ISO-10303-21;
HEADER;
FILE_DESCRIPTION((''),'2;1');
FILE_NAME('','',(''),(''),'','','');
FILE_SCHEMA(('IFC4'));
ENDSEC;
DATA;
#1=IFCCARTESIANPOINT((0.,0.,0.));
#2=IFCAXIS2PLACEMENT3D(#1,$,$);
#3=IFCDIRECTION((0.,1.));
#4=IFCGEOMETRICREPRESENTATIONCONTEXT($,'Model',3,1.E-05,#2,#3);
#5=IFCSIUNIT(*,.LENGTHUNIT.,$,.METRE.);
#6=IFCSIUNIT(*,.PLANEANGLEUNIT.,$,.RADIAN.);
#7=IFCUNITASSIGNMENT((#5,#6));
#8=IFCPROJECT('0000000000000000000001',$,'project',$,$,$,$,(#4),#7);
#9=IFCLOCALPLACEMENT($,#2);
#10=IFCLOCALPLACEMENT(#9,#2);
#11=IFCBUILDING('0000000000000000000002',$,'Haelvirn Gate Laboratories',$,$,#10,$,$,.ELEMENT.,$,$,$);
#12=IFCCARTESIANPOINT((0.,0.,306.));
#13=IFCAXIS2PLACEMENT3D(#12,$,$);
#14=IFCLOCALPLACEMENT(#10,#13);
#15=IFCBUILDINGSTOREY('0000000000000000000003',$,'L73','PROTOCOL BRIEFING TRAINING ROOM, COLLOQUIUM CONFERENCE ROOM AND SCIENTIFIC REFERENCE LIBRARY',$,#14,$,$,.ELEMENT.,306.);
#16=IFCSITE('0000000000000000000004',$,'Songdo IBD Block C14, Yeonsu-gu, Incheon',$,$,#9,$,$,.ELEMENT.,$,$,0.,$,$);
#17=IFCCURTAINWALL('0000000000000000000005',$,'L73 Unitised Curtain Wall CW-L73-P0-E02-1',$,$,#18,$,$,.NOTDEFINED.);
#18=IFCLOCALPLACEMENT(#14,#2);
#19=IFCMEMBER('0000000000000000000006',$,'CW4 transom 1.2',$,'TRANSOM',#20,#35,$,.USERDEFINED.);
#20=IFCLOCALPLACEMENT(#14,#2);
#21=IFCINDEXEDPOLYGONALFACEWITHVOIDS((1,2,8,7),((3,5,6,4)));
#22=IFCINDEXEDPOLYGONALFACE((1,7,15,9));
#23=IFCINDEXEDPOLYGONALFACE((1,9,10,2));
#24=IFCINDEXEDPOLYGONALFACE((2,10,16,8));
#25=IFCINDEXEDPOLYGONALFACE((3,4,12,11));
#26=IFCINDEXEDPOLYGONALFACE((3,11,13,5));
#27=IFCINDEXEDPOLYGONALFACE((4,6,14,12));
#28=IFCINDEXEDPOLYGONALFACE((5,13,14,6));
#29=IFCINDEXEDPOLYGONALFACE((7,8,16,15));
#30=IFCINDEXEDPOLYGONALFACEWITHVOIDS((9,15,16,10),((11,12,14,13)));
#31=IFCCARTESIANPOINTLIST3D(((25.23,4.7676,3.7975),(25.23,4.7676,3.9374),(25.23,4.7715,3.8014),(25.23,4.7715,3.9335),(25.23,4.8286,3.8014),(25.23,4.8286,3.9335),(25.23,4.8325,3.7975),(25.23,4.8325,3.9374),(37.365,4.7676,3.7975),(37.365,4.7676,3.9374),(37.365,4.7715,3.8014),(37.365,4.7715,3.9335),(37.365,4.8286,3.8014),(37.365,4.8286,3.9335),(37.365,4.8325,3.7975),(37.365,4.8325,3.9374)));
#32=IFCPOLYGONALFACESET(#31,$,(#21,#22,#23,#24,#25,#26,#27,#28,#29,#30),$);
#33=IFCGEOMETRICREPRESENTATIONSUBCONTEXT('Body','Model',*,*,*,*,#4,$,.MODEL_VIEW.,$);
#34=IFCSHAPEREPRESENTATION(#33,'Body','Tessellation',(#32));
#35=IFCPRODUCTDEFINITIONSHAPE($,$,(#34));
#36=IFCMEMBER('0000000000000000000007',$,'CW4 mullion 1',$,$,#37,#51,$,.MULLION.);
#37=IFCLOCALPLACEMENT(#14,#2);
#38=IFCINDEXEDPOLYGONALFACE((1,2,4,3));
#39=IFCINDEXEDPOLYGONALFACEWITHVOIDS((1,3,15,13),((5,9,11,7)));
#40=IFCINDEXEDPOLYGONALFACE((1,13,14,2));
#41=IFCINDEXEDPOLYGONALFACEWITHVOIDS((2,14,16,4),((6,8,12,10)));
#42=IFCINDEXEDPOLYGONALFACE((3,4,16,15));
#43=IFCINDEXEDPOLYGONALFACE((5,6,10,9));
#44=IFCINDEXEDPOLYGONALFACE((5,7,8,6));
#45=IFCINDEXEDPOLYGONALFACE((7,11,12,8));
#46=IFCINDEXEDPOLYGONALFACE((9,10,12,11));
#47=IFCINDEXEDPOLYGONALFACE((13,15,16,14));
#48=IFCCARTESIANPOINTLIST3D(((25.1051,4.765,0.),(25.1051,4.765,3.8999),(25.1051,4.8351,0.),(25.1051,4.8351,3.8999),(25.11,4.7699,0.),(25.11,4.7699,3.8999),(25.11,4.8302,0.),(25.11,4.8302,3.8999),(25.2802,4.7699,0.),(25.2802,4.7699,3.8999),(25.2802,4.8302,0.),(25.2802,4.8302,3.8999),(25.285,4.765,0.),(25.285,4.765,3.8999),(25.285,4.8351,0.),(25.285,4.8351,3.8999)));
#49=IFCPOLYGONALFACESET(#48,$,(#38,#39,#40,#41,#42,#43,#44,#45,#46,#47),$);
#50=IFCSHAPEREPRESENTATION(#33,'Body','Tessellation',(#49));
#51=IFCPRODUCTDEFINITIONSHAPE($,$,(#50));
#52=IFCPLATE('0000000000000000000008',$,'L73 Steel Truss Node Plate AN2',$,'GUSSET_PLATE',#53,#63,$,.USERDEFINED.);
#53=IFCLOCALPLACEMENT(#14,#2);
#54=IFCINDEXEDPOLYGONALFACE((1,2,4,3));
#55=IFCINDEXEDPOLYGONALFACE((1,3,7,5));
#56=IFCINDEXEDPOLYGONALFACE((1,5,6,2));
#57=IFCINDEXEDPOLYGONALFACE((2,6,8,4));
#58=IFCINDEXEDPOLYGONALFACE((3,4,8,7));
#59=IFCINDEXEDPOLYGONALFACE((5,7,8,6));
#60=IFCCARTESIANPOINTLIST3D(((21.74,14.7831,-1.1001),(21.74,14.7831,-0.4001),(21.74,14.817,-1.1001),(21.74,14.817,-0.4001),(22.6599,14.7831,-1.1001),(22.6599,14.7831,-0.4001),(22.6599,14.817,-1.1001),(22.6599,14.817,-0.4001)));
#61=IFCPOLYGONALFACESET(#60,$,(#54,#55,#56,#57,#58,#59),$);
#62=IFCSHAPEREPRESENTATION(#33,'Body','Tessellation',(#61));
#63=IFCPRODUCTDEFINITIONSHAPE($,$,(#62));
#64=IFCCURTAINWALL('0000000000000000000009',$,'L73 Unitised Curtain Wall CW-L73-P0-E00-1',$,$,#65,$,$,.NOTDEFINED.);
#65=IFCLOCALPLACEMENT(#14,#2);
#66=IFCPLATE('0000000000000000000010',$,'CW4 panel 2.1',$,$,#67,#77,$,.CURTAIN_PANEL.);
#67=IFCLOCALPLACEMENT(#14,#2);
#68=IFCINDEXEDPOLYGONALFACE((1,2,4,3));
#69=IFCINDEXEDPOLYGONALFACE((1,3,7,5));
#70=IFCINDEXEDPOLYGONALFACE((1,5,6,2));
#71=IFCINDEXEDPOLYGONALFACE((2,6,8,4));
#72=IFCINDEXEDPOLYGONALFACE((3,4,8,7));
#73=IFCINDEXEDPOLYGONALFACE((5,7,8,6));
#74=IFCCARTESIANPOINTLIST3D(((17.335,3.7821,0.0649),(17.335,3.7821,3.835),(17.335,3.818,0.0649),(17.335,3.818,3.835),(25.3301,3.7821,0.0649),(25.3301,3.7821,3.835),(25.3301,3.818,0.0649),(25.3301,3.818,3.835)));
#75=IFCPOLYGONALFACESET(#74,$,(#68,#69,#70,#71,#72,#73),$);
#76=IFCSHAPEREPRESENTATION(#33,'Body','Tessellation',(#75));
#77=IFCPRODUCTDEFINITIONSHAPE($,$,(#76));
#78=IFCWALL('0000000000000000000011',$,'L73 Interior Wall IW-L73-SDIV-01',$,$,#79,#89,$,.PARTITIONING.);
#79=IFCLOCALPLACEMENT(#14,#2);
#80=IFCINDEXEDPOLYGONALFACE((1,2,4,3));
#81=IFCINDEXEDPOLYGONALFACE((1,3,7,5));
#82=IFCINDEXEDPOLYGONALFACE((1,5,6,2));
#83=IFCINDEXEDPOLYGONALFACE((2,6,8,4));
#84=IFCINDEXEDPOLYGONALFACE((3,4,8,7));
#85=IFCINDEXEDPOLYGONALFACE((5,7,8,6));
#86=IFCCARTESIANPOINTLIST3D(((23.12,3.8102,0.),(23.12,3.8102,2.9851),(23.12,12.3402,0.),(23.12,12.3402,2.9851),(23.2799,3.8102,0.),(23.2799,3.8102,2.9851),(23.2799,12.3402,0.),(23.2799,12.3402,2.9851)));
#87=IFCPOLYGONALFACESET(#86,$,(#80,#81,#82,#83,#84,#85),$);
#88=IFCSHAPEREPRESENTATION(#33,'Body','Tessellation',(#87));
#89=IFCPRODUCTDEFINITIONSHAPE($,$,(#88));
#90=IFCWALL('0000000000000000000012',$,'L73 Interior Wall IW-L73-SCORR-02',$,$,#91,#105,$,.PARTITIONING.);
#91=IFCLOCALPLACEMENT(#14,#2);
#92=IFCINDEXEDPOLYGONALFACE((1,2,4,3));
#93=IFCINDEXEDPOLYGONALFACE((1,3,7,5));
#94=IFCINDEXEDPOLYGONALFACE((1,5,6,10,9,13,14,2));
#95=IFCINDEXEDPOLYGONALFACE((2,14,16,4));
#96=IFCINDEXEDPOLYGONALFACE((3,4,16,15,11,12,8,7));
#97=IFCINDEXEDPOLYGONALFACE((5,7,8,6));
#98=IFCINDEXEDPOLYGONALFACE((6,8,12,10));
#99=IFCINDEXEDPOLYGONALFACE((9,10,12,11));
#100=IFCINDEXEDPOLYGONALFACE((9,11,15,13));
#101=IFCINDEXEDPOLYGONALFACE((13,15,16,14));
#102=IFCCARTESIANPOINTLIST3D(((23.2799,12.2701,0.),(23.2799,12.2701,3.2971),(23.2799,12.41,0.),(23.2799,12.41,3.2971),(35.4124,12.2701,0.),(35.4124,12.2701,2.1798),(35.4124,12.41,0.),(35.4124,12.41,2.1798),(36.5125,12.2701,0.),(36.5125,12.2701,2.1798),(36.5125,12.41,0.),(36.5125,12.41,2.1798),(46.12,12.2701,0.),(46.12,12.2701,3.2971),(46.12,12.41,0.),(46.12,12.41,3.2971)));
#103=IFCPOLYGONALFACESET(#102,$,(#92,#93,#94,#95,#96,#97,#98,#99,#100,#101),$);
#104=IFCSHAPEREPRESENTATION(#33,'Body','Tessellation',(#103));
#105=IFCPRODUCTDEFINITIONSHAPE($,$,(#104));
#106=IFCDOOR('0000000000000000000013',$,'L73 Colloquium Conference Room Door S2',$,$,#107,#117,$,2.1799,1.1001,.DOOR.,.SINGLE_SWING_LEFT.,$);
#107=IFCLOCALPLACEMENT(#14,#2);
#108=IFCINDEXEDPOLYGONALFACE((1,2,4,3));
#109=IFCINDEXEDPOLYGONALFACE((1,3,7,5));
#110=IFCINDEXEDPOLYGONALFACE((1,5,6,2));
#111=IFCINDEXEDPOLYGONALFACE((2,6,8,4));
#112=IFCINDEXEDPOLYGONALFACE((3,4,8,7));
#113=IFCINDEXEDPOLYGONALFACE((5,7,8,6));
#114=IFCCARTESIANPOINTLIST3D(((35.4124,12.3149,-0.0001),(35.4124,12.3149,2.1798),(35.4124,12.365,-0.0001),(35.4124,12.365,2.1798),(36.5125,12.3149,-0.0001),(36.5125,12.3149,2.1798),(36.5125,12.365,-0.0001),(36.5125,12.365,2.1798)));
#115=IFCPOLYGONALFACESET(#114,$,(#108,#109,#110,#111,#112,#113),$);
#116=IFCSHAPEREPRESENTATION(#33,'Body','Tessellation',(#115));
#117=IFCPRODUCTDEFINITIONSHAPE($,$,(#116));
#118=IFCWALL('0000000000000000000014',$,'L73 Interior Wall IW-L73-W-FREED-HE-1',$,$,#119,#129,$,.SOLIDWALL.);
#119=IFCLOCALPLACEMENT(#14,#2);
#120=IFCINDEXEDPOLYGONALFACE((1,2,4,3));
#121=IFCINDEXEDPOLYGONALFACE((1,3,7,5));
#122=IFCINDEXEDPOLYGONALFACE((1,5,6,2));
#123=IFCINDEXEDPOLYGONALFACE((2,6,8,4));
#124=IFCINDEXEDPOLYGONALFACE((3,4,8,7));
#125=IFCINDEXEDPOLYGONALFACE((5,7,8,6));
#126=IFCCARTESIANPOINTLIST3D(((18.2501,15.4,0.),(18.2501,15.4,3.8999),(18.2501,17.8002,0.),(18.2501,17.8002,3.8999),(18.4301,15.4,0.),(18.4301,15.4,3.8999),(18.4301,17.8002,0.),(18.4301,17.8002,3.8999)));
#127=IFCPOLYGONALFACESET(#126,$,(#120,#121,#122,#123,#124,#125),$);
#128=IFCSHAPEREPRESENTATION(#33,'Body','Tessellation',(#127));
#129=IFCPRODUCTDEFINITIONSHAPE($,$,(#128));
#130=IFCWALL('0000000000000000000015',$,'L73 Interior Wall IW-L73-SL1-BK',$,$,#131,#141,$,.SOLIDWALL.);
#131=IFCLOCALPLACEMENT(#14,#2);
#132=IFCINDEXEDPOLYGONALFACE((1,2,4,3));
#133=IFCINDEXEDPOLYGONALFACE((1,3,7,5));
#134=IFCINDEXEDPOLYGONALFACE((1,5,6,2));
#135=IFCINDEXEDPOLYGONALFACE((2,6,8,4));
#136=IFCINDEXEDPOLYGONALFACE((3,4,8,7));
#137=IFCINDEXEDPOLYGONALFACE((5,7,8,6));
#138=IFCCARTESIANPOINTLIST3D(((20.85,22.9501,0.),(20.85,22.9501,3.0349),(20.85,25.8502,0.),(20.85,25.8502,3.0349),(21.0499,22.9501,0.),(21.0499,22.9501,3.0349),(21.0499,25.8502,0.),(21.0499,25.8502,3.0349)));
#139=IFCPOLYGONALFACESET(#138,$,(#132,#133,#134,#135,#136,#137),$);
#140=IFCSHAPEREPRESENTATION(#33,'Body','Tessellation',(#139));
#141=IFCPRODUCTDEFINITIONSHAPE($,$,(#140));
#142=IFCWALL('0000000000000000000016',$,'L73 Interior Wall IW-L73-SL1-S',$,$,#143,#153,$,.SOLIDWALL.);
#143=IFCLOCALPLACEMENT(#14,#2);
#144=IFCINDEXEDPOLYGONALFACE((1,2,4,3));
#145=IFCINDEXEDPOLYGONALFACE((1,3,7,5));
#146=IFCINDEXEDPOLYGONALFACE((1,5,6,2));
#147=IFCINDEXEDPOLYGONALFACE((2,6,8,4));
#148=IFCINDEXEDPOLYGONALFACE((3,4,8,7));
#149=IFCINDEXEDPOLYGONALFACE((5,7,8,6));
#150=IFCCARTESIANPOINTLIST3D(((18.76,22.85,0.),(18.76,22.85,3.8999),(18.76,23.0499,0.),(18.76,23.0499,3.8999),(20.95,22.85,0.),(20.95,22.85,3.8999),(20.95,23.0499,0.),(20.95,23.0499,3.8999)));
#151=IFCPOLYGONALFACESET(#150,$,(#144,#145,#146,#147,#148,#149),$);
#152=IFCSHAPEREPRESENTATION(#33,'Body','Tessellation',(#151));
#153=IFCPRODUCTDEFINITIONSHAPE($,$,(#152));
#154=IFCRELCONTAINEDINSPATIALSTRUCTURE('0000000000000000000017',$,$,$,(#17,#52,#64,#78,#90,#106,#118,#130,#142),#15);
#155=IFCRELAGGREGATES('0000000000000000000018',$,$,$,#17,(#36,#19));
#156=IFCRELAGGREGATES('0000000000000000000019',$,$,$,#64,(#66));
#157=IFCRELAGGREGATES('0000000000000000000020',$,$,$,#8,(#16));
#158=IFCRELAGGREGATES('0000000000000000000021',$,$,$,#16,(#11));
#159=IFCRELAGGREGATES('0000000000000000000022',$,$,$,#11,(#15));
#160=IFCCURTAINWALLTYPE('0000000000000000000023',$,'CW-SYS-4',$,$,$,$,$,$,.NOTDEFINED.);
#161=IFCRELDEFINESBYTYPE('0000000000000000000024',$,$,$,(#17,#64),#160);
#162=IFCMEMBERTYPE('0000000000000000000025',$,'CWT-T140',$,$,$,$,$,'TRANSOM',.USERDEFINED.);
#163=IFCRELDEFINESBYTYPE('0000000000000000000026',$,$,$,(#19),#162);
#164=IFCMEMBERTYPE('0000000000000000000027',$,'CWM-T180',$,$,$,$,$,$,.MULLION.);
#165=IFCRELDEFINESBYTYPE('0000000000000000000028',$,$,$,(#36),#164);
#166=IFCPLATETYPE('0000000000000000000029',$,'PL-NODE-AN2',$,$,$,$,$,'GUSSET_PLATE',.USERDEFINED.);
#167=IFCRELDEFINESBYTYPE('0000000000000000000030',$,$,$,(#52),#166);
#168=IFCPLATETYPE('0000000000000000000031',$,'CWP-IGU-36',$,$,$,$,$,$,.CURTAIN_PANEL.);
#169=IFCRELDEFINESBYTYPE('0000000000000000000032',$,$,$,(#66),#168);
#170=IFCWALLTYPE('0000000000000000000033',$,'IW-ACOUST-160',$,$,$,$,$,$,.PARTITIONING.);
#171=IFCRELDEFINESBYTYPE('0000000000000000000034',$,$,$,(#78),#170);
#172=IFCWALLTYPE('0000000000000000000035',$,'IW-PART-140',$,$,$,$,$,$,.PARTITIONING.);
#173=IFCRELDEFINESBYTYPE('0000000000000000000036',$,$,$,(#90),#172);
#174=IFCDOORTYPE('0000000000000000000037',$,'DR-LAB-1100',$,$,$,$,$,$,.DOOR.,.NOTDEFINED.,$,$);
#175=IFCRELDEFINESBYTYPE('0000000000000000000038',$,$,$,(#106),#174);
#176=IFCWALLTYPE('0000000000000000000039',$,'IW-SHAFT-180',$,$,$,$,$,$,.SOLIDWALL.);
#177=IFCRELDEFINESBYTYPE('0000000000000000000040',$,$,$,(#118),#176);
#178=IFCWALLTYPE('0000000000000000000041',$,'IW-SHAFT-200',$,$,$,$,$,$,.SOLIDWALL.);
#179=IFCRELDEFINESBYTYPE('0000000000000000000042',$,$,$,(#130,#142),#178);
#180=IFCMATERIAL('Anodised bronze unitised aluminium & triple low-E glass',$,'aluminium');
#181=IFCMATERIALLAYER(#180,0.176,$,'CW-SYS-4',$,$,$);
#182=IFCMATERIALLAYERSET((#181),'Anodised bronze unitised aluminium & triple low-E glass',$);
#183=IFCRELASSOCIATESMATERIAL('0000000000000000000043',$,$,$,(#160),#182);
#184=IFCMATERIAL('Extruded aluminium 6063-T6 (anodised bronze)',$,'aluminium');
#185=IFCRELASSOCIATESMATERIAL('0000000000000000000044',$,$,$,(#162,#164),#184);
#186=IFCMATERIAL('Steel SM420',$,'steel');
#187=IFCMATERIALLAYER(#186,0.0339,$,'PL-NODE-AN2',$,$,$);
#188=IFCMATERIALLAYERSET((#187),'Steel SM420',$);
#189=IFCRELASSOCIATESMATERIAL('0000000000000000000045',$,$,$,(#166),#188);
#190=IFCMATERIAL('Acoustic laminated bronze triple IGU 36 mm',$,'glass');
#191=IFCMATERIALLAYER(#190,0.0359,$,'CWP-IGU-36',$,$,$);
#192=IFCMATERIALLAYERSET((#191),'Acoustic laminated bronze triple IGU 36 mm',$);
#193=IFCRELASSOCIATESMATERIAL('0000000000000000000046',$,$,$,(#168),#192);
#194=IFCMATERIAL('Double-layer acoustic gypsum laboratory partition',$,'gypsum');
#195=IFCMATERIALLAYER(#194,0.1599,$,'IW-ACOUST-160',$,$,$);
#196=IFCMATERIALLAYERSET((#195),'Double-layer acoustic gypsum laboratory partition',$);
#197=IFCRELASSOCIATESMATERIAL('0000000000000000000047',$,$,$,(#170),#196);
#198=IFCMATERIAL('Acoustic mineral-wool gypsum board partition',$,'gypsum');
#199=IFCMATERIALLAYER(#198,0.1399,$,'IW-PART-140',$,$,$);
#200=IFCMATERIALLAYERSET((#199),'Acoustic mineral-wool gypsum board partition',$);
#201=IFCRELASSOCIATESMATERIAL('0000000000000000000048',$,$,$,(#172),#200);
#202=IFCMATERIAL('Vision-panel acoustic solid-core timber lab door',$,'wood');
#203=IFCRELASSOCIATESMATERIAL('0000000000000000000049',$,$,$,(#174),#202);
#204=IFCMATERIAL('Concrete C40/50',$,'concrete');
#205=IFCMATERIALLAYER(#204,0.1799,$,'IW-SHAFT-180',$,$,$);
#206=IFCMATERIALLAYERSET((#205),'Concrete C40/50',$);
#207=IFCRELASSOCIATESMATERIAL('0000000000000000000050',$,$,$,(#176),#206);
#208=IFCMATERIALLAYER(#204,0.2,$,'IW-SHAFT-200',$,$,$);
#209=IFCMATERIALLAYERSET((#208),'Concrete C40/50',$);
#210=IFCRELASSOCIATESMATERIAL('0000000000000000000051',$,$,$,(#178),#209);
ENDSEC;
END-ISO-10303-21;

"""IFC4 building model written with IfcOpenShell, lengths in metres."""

from ifc_helpers import new_model, si_unit, direction, frame, frame_2d, origin, origin_2d, place, context, subcontext, project, spatial, rectangle, hollow_rectangle, extrude, source, transform, mapped, material, layer, layer_set, material_profile, profile_set, type_object, type_shapes, element, fill, aggregate, save


model = new_model("IFC4")

# Units and contexts
model_context = context("Model", 3, precision=1e-05, world=origin(), true_north=direction((0.0, 1.0)))
body_context = subcontext(model_context, "Body", "Model", "MODEL_VIEW")
ifc_project = project(units=[si_unit("LENGTHUNIT", "METRE"), si_unit("PLANEANGLEUNIT", "RADIAN")], contexts=[model_context])

# Site, building, storey
site_placement = place(None, origin())
site = spatial("IfcSite", under=ifc_project, at=site_placement, Name="Songdo IBD Block C14, Yeonsu-gu, Incheon", CompositionType="ELEMENT", RefElevation=0.0)
building_placement = place(site_placement, origin())
building = spatial("IfcBuilding", under=site, at=building_placement, Name="Haelvirn Gate Laboratories", CompositionType="ELEMENT")
storey_placement = place(building_placement, frame((0.0, 0.0, 306.0)))
storey = spatial("IfcBuildingStorey", under=building, at=storey_placement, Name="L73", Description="PROTOCOL BRIEFING TRAINING ROOM, COLLOQUIUM CONFERENCE ROOM AND SCIENTIFIC REFERENCE LIBRARY", CompositionType="ELEMENT", Elevation=306.0)

# Shared definitions
ifc_material_1 = material(Name="Steel SM420", Category="steel")

# Curtain wall, members
ifc_material_2 = material(Name="Anodised bronze unitised aluminium & triple low-E glass", Category="aluminium")
ifc_layer_1 = layer(ifc_material_2, 0.176, Name="CW-SYS-4")
ifc_layer_set_1 = layer_set([ifc_layer_1], Name="Anodised bronze unitised aluminium & triple low-E glass")
curtain_wall_type = type_object("IfcCurtainWallType", Name="CW-SYS-4", PredefinedType="NOTDEFINED", material=ifc_layer_set_1)
curtain_wall_1_placement = place(storey_placement, origin())
curtain_wall_1 = element("IfcCurtainWall", 1, at=curtain_wall_1_placement, inside=storey, type_object=curtain_wall_type, Name="L73 Unitised Curtain Wall CW-L73-P0-E02-1", PredefinedType="NOTDEFINED")
ifc_material_3 = material(Name="Extruded aluminium 6063-T6 (anodised bronze)", Category="aluminium")
ifc_material_profile_1 = material_profile(ifc_material_3, hollow_rectangle(XDim=0.0649, YDim=0.1399, WallThickness=0.0039, at=origin_2d()), Name="CWT-140x65x4")
ifc_profile_set_1 = profile_set([ifc_material_profile_1], Name="Extruded aluminium 6063-T6 (anodised bronze)")
member_type_1 = type_object("IfcMemberType", Name="CWT-T140", ElementType="TRANSOM", PredefinedType="USERDEFINED", material=ifc_profile_set_1)
shared_shape_1 = source(origin(), body_context, "Body", "SweptSolid", [
    extrude(hollow_rectangle(XDim=0.0649, YDim=0.1399, WallThickness=0.0039, at=origin_2d()), origin(), (0.0, 0.0, 1.0), 12.135),
])
type_shapes(member_type_1, [shared_shape_1])
member_1_placement = place(storey_placement, frame((25.23, 4.8, 3.8674), z_axis=(1.0, 0.0, 0.0), x_axis=(0.0, 1.0, 0.0)))
member_1 = element("IfcMember", 2, at=member_1_placement, type_object=member_type_1, Name="CW4 transom 1.2", ObjectType="TRANSOM", PredefinedType="USERDEFINED", context=body_context, shape_type="MappedRepresentation", body=[
    mapped(shared_shape_1, transform((0.0, 0.0, 0.0), scale=1.0)),
])
ifc_material_profile_2 = material_profile(ifc_material_3, hollow_rectangle(XDim=0.0701, YDim=0.1799, WallThickness=0.0049, at=origin_2d()), Name="CWM-180x70x5")
ifc_profile_set_2 = profile_set([ifc_material_profile_2], Name="Extruded aluminium 6063-T6 (anodised bronze)")
member_type_2 = type_object("IfcMemberType", Name="CWM-T180", PredefinedType="MULLION", material=ifc_profile_set_2)
shared_shape_2 = source(origin(), body_context, "Body", "SweptSolid", [
    extrude(hollow_rectangle(XDim=0.0701, YDim=0.1799, WallThickness=0.0049, at=origin_2d()), origin(), (0.0, 0.0, 1.0), 3.8999),
])
type_shapes(member_type_2, [shared_shape_2])
member_2_placement = place(storey_placement, frame((25.1951, 4.8, 0.0), z_axis=(0.0, 0.0, 1.0), x_axis=(0.0, 1.0, 0.0)))
member_2 = element("IfcMember", 3, at=member_2_placement, type_object=member_type_2, Name="CW4 mullion 1", PredefinedType="MULLION", context=body_context, shape_type="MappedRepresentation", body=[
    mapped(shared_shape_2, transform((0.0, 0.0, 0.0), scale=1.0)),
])
aggregate(curtain_wall_1, [member_2, member_1])

# Plate
ifc_layer_2 = layer(ifc_material_1, 0.0339, Name="PL-NODE-AN2")
ifc_layer_set_2 = layer_set([ifc_layer_2], Name="Steel SM420")
plate_type_1 = type_object("IfcPlateType", Name="PL-NODE-AN2", ElementType="GUSSET_PLATE", PredefinedType="USERDEFINED", material=ifc_layer_set_2)
shared_shape_3 = source(origin(), body_context, "Body", "SweptSolid", [
    extrude(rectangle(XDim=0.9199, YDim=0.0339, at=origin_2d()), origin(), (0.0, 0.0, 1.0), 0.7),
])
type_shapes(plate_type_1, [shared_shape_3])
plate_1_placement = place(storey_placement, frame((22.2, 14.8, -1.1001), z_axis=(0.0, 0.0, 1.0), x_axis=(1.0, 0.0, 0.0)))
element("IfcPlate", 4, at=plate_1_placement, inside=storey, type_object=plate_type_1, Name="L73 Steel Truss Node Plate AN2", ObjectType="GUSSET_PLATE", PredefinedType="USERDEFINED", context=body_context, shape_type="MappedRepresentation", body=[
    mapped(shared_shape_3, transform((0.0, 0.0, 0.0), scale=1.0)),
])

# Curtain wall, plate
curtain_wall_2_placement = place(storey_placement, origin())
curtain_wall_2 = element("IfcCurtainWall", 5, at=curtain_wall_2_placement, inside=storey, type_object=curtain_wall_type, Name="L73 Unitised Curtain Wall CW-L73-P0-E00-1", PredefinedType="NOTDEFINED")
ifc_material_4 = material(Name="Acoustic laminated bronze triple IGU 36 mm", Category="glass")
ifc_layer_3 = layer(ifc_material_4, 0.0359, Name="CWP-IGU-36")
ifc_layer_set_3 = layer_set([ifc_layer_3], Name="Acoustic laminated bronze triple IGU 36 mm")
plate_type_2 = type_object("IfcPlateType", Name="CWP-IGU-36", PredefinedType="CURTAIN_PANEL", material=ifc_layer_set_3)
shared_shape_4 = source(origin(), body_context, "Body", "SweptSolid", [
    extrude(rectangle(XDim=7.9951, YDim=0.0359, at=origin_2d()), origin(), (0.0, 0.0, 1.0), 3.77),
])
type_shapes(plate_type_2, [shared_shape_4])
plate_2_placement = place(storey_placement, frame((21.3325, 3.8, 0.0649), z_axis=(0.0, 0.0, 1.0), x_axis=(1.0, 0.0, 0.0)))
plate_2 = element("IfcPlate", 6, at=plate_2_placement, type_object=plate_type_2, Name="CW4 panel 2.1", PredefinedType="CURTAIN_PANEL", context=body_context, shape_type="MappedRepresentation", body=[
    mapped(shared_shape_4, transform((0.0, 0.0, 0.0), scale=1.0)),
])
aggregate(curtain_wall_2, [plate_2])

# Wall
ifc_material_5 = material(Name="Double-layer acoustic gypsum laboratory partition", Category="gypsum")
ifc_layer_4 = layer(ifc_material_5, 0.1599, Name="IW-ACOUST-160")
ifc_layer_set_4 = layer_set([ifc_layer_4], Name="Double-layer acoustic gypsum laboratory partition")
wall_type_1 = type_object("IfcWallType", Name="IW-ACOUST-160", PredefinedType="PARTITIONING", material=ifc_layer_set_4)
wall_1_placement = place(storey_placement, frame((23.2, 3.8101, 0.0), z_axis=(0.0, 0.0, 1.0), x_axis=(0.0, 1.0, 0.0)))
element("IfcWall", 7, at=wall_1_placement, inside=storey, type_object=wall_type_1, Name="L73 Interior Wall IW-L73-SDIV-01", PredefinedType="PARTITIONING", context=body_context, shape_type="SweptSolid", body=[
    extrude(rectangle(XDim=8.53, YDim=0.1599, at=frame_2d((4.2651, 0.0))), origin(), (0.0, 0.0, 1.0), 2.9851),
])

# Wall, opening, door
ifc_material_6 = material(Name="Acoustic mineral-wool gypsum board partition", Category="gypsum")
ifc_layer_5 = layer(ifc_material_6, 0.1399, Name="IW-PART-140")
ifc_layer_set_5 = layer_set([ifc_layer_5], Name="Acoustic mineral-wool gypsum board partition")
wall_type_2 = type_object("IfcWallType", Name="IW-PART-140", PredefinedType="PARTITIONING", material=ifc_layer_set_5)
wall_2_placement = place(storey_placement, frame((23.28, 12.3401, 0.0), z_axis=(0.0, 0.0, 1.0), x_axis=(1.0, 0.0, 0.0)))
wall_2 = element("IfcWall", 8, at=wall_2_placement, inside=storey, type_object=wall_type_2, Name="L73 Interior Wall IW-L73-SCORR-02", PredefinedType="PARTITIONING", context=body_context, shape_type="SweptSolid", body=[
    extrude(rectangle(XDim=22.8401, YDim=0.1399, at=frame_2d((11.4199, 0.0))), origin(), (0.0, 0.0, 1.0), 3.2971),
])
opening_1_placement = place(wall_2_placement, frame((12.1323, 0.0, 0.0)))
opening_1 = element("IfcOpeningElement", 9, at=opening_1_placement, cuts=wall_2, PredefinedType="OPENING", context=body_context, shape_type="SweptSolid", body=[
    extrude(rectangle(XDim=1.1001, YDim=2.1799, at=frame_2d((0.55, 1.0898))), frame((0.0, 0.0801, 0.0), z_axis=(0.0, -1.0, 0.0), x_axis=(1.0, 0.0, 0.0)), (0.0, 0.0, 1.0), 0.1599),
])
ifc_material_7 = material(Name="Vision-panel acoustic solid-core timber lab door", Category="wood")
door_type_1 = type_object("IfcDoorType", Name="DR-LAB-1100", OperationType="NOTDEFINED", PredefinedType="DOOR", material=ifc_material_7)
shared_shape_5 = source(origin(), body_context, "Body", "SweptSolid", [
    extrude(rectangle(XDim=1.1001, YDim=2.1799, at=frame_2d((0.55, 1.0898))), frame((0.0, 0.0249, 0.0), z_axis=(0.0, -1.0, 0.0), x_axis=(1.0, 0.0, 0.0)), (0.0, 0.0, 1.0), 0.05),
])
type_shapes(door_type_1, [shared_shape_5])
door_1_placement = place(opening_1_placement, origin())
door_1 = element("IfcDoor", 10, at=door_1_placement, inside=storey, type_object=door_type_1, Name="L73 Colloquium Conference Room Door S2", OperationType="SINGLE_SWING_LEFT", OverallHeight=2.1799, OverallWidth=1.1001, PredefinedType="DOOR", context=body_context, shape_type="MappedRepresentation", body=[
    mapped(shared_shape_5, transform((0.0, 0.0, 0.0), scale=1.0)),
])
fill(opening_1, door_1)

# Walls
ifc_material_8 = material(Name="Concrete C40/50", Category="concrete")
ifc_layer_6 = layer(ifc_material_8, 0.1799, Name="IW-SHAFT-180")
ifc_layer_set_6 = layer_set([ifc_layer_6], Name="Concrete C40/50")
wall_type_3 = type_object("IfcWallType", Name="IW-SHAFT-180", PredefinedType="SOLIDWALL", material=ifc_layer_set_6)
wall_3_placement = place(storey_placement, frame((18.3401, 15.3999, 0.0), z_axis=(0.0, 0.0, 1.0), x_axis=(0.0, 1.0, 0.0)))
element("IfcWall", 11, at=wall_3_placement, inside=storey, type_object=wall_type_3, Name="L73 Interior Wall IW-L73-W-FREED-HE-1", PredefinedType="SOLIDWALL", context=body_context, shape_type="SweptSolid", body=[
    extrude(rectangle(XDim=2.4001, YDim=0.1799, at=frame_2d((1.2002, 0.0))), origin(), (0.0, 0.0, 1.0), 3.8999),
])
ifc_layer_7 = layer(ifc_material_8, 0.2, Name="IW-SHAFT-200")
ifc_layer_set_7 = layer_set([ifc_layer_7], Name="Concrete C40/50")
wall_type_4 = type_object("IfcWallType", Name="IW-SHAFT-200", PredefinedType="SOLIDWALL", material=ifc_layer_set_7)
wall_4_placement = place(storey_placement, frame((20.95, 22.95, 0.0), z_axis=(0.0, 0.0, 1.0), x_axis=(0.0, 1.0, 0.0)))
element("IfcWall", 12, at=wall_4_placement, inside=storey, type_object=wall_type_4, Name="L73 Interior Wall IW-L73-SL1-BK", PredefinedType="SOLIDWALL", context=body_context, shape_type="SweptSolid", body=[
    extrude(rectangle(XDim=2.9001, YDim=0.2, at=frame_2d((1.4502, 0.0))), origin(), (0.0, 0.0, 1.0), 3.0349),
])
wall_5_placement = place(storey_placement, frame((18.76, 22.95, 0.0), z_axis=(0.0, 0.0, 1.0), x_axis=(1.0, 0.0, 0.0)))
element("IfcWall", 13, at=wall_5_placement, inside=storey, type_object=wall_type_4, Name="L73 Interior Wall IW-L73-SL1-S", PredefinedType="SOLIDWALL", context=body_context, shape_type="SweptSolid", body=[
    extrude(rectangle(XDim=2.1899, YDim=0.2, at=frame_2d((1.095, 0.0))), origin(), (0.0, 0.0, 1.0), 3.8999),
])

save(model, "model.ifc")
